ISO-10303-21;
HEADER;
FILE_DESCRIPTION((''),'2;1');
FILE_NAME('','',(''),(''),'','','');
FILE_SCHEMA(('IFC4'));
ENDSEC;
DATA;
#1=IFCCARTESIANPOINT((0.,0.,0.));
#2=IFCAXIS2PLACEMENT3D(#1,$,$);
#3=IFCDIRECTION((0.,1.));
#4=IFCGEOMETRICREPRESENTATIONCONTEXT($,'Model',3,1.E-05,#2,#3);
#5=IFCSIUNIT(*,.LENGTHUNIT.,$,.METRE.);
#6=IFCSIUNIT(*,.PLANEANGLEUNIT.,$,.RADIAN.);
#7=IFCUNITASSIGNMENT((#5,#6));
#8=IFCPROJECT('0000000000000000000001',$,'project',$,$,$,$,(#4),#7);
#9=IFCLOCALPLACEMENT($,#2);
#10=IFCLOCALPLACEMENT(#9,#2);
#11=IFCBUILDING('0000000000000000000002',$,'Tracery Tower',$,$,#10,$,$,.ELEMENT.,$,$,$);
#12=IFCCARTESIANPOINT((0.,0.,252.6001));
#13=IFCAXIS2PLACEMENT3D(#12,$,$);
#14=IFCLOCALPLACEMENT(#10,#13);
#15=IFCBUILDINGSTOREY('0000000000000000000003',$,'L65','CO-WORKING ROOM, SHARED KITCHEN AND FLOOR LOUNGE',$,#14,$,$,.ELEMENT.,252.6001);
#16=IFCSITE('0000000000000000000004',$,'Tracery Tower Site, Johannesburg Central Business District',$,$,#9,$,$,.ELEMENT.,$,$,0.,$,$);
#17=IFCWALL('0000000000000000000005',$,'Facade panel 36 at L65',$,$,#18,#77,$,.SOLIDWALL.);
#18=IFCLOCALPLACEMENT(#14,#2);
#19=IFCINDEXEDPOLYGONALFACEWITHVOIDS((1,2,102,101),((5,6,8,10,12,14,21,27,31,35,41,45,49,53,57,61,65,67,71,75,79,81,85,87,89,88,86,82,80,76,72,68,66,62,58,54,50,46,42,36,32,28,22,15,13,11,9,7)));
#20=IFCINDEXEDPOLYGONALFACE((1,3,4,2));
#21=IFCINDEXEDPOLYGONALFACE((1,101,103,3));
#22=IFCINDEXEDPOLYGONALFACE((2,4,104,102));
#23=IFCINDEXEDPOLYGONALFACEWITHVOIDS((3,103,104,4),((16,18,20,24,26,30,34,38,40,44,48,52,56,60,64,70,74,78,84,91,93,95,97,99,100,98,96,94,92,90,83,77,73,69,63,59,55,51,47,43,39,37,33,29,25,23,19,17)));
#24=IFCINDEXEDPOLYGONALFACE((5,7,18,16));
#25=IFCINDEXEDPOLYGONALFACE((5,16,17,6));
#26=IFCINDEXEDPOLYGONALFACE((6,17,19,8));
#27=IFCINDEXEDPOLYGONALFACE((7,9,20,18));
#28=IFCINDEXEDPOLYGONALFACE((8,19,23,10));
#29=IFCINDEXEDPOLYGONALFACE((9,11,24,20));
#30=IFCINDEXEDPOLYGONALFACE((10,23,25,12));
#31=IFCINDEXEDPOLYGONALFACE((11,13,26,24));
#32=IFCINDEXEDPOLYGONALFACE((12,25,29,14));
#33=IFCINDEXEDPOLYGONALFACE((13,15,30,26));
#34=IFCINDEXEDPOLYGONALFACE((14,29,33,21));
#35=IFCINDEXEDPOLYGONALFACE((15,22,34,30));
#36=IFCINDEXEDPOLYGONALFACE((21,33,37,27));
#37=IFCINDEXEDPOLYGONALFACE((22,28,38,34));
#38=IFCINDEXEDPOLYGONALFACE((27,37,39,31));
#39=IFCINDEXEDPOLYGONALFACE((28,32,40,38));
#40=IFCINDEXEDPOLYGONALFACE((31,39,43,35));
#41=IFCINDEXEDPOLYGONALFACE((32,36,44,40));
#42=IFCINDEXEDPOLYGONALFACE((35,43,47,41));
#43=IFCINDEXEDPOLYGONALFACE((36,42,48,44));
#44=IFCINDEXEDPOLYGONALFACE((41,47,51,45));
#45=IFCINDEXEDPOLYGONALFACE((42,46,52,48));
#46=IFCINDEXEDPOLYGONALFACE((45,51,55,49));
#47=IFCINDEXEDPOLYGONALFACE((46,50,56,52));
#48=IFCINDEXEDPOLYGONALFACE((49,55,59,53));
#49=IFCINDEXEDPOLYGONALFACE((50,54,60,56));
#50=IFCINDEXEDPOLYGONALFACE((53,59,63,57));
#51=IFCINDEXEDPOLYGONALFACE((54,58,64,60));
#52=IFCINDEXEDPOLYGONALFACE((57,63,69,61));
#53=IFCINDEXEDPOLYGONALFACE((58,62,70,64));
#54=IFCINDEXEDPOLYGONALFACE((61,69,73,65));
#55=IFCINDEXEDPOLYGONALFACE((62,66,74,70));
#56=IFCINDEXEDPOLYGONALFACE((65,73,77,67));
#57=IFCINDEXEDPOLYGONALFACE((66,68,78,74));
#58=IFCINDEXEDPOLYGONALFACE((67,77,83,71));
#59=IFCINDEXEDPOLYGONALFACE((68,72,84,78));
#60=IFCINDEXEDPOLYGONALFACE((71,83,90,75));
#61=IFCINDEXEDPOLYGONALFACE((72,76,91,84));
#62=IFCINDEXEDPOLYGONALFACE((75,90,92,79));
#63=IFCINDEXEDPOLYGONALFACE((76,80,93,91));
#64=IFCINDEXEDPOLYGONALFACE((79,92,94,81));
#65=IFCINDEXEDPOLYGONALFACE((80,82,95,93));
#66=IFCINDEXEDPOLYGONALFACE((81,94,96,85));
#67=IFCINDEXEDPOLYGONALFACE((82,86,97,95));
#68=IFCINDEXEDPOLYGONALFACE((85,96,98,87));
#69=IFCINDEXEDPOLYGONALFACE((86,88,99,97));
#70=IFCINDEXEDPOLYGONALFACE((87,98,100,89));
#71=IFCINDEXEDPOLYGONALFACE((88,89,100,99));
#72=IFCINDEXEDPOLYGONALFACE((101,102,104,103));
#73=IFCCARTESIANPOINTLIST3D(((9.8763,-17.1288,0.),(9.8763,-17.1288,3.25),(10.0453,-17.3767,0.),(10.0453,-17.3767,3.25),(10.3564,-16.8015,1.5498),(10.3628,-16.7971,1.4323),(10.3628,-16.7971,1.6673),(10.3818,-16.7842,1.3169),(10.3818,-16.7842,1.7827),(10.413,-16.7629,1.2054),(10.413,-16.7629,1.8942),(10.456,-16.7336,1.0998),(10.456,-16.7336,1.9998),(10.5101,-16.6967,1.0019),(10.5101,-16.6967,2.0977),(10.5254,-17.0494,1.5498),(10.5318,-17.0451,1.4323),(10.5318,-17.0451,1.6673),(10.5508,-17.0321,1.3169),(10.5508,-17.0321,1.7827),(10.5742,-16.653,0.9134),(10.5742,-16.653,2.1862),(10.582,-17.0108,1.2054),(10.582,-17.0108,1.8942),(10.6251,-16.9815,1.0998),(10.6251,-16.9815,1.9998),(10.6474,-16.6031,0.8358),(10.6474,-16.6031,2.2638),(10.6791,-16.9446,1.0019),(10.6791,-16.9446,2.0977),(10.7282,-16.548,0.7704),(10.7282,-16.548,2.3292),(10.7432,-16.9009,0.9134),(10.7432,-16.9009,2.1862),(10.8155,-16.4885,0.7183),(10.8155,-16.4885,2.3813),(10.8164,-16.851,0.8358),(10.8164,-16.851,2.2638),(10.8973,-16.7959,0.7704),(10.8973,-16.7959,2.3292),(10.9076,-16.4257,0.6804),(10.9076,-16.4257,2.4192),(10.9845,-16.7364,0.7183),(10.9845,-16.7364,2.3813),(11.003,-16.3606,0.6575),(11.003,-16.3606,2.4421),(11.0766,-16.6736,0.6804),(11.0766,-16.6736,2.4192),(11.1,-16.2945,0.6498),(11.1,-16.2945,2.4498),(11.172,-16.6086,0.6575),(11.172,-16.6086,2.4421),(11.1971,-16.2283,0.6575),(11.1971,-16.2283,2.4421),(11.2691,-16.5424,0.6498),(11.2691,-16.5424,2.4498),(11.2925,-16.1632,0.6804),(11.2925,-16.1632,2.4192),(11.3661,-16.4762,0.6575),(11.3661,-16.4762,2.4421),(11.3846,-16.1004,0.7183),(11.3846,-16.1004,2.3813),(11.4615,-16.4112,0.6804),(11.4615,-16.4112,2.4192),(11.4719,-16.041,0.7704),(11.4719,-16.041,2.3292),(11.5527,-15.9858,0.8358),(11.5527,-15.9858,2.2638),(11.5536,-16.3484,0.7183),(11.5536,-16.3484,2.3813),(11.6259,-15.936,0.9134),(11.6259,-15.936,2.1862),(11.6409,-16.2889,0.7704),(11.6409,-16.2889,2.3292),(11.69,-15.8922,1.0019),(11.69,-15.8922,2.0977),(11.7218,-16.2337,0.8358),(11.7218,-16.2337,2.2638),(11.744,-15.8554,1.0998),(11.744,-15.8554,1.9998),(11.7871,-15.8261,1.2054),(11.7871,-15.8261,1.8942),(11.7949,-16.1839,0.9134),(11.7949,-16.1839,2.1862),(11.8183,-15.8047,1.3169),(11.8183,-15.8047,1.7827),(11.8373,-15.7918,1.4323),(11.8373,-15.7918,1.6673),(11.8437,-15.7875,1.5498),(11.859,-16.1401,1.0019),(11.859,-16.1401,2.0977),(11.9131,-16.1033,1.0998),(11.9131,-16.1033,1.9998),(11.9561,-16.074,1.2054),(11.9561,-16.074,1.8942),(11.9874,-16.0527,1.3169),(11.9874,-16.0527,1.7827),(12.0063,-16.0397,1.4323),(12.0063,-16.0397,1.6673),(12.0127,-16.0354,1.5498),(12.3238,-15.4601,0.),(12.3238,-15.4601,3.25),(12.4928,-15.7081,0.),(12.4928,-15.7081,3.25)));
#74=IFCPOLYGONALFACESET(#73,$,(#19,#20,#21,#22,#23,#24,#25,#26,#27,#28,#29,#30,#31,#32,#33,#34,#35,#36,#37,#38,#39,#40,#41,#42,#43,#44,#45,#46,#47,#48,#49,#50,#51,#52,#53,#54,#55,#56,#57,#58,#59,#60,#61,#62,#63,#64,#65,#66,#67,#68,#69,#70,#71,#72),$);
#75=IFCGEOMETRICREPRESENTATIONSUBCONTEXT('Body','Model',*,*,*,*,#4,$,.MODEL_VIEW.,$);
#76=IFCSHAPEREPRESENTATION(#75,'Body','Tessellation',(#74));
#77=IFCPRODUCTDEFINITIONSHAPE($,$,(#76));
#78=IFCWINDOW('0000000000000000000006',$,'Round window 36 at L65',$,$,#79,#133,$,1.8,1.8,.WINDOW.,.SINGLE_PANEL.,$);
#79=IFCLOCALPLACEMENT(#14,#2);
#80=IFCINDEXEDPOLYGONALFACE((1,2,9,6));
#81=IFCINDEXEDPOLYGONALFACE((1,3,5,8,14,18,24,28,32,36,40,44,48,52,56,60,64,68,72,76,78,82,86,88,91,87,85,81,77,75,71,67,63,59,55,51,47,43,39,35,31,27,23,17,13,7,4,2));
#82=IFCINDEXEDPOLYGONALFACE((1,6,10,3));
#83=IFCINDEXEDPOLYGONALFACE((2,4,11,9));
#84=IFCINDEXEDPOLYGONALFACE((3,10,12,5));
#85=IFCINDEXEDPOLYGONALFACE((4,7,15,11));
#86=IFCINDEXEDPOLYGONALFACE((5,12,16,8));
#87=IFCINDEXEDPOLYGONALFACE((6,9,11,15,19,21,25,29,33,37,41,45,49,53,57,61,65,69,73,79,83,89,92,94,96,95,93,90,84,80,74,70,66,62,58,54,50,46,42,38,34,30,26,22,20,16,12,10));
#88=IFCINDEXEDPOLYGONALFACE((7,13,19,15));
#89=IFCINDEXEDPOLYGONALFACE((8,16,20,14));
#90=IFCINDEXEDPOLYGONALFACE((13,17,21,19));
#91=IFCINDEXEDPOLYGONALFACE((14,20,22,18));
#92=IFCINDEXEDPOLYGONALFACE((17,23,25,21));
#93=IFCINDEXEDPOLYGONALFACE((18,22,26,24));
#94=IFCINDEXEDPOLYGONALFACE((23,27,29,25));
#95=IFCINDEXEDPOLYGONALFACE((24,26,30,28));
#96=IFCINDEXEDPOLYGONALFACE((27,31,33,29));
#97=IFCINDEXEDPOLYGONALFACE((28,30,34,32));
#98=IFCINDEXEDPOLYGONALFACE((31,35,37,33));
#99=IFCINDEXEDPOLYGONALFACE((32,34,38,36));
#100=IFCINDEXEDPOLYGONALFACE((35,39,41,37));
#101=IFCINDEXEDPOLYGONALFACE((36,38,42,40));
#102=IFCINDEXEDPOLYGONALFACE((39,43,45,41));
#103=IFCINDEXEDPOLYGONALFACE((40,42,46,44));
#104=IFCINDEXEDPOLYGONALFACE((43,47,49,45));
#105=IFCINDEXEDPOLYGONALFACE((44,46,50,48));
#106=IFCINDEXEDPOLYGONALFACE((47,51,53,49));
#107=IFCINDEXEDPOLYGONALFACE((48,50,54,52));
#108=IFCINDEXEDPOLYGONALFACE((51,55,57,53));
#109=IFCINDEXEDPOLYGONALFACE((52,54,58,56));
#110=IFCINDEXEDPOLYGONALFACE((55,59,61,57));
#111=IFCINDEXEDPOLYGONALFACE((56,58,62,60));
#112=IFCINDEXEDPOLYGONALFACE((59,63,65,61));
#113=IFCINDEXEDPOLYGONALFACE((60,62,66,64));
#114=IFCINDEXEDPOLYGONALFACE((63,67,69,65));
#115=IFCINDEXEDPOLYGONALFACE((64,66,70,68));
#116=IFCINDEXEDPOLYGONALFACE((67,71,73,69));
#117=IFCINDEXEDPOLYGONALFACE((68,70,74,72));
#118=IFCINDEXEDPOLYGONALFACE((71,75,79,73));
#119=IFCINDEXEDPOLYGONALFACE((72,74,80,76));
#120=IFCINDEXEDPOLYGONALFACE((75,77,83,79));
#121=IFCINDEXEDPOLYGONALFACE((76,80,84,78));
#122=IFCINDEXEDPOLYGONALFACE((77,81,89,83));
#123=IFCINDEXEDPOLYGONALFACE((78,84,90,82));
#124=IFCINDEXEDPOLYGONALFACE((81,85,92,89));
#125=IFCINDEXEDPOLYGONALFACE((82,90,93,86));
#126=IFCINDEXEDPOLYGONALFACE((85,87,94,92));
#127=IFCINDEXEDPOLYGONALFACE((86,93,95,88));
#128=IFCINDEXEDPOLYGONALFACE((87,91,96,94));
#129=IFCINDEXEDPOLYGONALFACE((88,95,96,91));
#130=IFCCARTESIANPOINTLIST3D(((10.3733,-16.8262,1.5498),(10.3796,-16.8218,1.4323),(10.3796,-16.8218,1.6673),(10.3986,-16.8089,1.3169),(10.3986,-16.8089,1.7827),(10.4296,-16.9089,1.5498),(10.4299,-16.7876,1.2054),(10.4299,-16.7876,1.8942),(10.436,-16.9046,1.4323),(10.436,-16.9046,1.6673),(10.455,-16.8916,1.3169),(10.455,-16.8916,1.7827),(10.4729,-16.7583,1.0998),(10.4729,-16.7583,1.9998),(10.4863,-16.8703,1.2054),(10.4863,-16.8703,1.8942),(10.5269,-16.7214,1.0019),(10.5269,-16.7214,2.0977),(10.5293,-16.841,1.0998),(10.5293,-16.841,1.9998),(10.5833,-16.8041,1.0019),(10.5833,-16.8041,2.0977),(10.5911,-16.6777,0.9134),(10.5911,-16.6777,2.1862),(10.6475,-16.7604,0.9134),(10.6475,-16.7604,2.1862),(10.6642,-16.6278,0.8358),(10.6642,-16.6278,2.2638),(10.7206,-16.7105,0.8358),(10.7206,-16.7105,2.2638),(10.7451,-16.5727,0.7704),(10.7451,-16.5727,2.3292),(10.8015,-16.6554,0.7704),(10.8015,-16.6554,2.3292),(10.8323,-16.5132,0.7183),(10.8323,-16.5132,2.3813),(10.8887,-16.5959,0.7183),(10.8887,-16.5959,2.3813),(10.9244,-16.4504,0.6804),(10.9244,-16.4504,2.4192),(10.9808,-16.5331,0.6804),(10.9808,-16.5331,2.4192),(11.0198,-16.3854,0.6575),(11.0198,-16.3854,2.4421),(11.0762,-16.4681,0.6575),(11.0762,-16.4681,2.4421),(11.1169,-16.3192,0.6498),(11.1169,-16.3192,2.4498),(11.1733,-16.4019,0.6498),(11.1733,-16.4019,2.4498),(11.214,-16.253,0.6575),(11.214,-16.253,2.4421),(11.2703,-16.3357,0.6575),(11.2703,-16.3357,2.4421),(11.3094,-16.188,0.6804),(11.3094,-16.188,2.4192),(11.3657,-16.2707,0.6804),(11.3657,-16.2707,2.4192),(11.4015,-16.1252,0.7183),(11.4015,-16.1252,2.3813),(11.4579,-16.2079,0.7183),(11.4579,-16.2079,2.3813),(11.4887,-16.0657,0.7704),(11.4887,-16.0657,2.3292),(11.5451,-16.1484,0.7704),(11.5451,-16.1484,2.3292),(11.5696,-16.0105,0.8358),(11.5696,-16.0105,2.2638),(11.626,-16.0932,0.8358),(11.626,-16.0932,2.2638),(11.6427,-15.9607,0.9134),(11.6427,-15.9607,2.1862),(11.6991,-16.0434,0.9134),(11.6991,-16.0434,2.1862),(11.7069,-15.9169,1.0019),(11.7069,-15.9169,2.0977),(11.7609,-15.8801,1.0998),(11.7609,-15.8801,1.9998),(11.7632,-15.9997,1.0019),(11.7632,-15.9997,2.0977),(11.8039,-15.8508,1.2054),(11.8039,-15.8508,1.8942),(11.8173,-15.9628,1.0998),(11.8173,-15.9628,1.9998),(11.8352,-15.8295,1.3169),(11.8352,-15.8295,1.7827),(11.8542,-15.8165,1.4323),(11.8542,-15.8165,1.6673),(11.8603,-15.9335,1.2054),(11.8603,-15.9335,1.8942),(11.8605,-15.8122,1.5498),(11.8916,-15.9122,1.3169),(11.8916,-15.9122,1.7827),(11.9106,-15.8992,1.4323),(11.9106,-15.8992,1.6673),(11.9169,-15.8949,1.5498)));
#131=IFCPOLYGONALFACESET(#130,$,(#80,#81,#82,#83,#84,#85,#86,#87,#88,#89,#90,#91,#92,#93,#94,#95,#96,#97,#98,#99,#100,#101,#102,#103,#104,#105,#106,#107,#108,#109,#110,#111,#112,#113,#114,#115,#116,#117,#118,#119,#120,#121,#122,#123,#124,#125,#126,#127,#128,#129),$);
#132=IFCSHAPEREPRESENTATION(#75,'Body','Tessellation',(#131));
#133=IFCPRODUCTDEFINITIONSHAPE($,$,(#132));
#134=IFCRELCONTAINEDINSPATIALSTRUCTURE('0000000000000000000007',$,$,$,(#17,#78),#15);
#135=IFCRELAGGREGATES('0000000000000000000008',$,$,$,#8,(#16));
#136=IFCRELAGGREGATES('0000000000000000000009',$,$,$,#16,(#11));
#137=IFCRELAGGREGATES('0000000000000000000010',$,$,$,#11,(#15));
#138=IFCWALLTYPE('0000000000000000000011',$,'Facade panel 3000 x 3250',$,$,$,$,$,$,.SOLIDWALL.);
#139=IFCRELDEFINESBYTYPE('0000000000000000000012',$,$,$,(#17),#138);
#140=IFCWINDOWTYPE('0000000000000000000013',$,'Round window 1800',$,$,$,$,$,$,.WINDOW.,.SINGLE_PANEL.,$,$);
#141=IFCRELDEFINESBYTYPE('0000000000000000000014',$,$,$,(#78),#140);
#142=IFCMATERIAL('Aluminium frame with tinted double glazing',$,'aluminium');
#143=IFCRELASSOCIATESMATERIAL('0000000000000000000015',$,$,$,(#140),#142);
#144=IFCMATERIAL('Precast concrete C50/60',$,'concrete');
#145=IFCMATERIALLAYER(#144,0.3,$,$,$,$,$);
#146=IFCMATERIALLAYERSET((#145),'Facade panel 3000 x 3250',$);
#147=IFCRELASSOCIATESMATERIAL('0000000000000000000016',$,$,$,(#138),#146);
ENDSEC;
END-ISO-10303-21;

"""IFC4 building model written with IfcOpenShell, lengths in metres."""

from ifc_helpers import new_model, si_unit, direction, frame, frame_2d, origin, origin_2d, place, context, subcontext, project, spatial, rectangle, circle, extrude, material, layer, layer_set, type_object, element, fill, save


model = new_model("IFC4")

# Units and contexts
model_context = context("Model", 3, precision=1e-05, world=origin(), true_north=direction((0.0, 1.0)))
body_context = subcontext(model_context, "Body", "Model", "MODEL_VIEW")
ifc_project = project(units=[si_unit("LENGTHUNIT", "METRE"), si_unit("PLANEANGLEUNIT", "RADIAN")], contexts=[model_context])

# Site, building, storey
site_placement = place(None, origin())
site = spatial("IfcSite", under=ifc_project, at=site_placement, Name="Tracery Tower Site, Johannesburg Central Business District", CompositionType="ELEMENT", RefElevation=0.0)
building_placement = place(site_placement, origin())
building = spatial("IfcBuilding", under=site, at=building_placement, Name="Tracery Tower", CompositionType="ELEMENT")
storey_placement = place(building_placement, frame((0.0, 0.0, 252.6001)))
storey = spatial("IfcBuildingStorey", under=building, at=storey_placement, Name="L65", Description="CO-WORKING ROOM, SHARED KITCHEN AND FLOOR LOUNGE", CompositionType="ELEMENT", Elevation=252.6001)

# Wall, opening, window
ifc_material_1 = material(Name="Aluminium frame with tinted double glazing", Category="aluminium")
window_type = type_object("IfcWindowType", Name="Round window 1800", PartitioningType="SINGLE_PANEL", PredefinedType="WINDOW", material=ifc_material_1)
ifc_material_2 = material(Name="Precast concrete C50/60", Category="concrete")
ifc_layer_1 = layer(ifc_material_2, 0.3)
ifc_layer_set_1 = layer_set([ifc_layer_1], Name="Facade panel 3000 x 3250")
wall_type_1 = type_object("IfcWallType", Name="Facade panel 3000 x 3250", PredefinedType="SOLIDWALL", material=ifc_layer_set_1)
wall_1_placement = place(storey_placement, frame((9.9609, -17.2527, 0.0), z_axis=(0.0, 0.0, 1.0), x_axis=(0.826236, 0.563324, 0.0)))
wall_1 = element("IfcWall", 1, at=wall_1_placement, inside=storey, type_object=wall_type_1, Name="Facade panel 36 at L65", PredefinedType="SOLIDWALL", context=body_context, shape_type="SweptSolid", body=[
    extrude(rectangle(XDim=2.9622, YDim=0.3, at=frame_2d((1.481, 0.0))), origin(), (0.0, 0.0, 1.0), 3.25),
])
opening_1_placement = place(wall_1_placement, frame((1.481, 0.0, 1.5498)))
opening_1 = element("IfcOpeningElement", 2, at=opening_1_placement, cuts=wall_1, PredefinedType="OPENING", context=body_context, shape_type="SweptSolid", body=[
    extrude(circle(Radius=0.9, at=origin_2d()), frame((0.0, 0.1599, 0.0), z_axis=(0.0, -1.0, 0.0), x_axis=(1.0, 0.0, 0.0)), (0.0, 0.0, 1.0), 0.3201),
])
window_1_placement = place(opening_1_placement, origin())
window_1 = element("IfcWindow", 3, at=window_1_placement, inside=storey, type_object=window_type, Name="Round window 36 at L65", OverallHeight=1.8, OverallWidth=1.8, PartitioningType="SINGLE_PANEL", PredefinedType="WINDOW", context=body_context, shape_type="SweptSolid", body=[
    extrude(circle(Radius=0.9, at=origin_2d()), frame((0.0, 0.1201, 0.0), z_axis=(0.0, -1.0, 0.0), x_axis=(1.0, 0.0, 0.0)), (0.0, 0.0, 1.0), 0.1001),
])
fill(opening_1, window_1)

save(model, "model.ifc")
